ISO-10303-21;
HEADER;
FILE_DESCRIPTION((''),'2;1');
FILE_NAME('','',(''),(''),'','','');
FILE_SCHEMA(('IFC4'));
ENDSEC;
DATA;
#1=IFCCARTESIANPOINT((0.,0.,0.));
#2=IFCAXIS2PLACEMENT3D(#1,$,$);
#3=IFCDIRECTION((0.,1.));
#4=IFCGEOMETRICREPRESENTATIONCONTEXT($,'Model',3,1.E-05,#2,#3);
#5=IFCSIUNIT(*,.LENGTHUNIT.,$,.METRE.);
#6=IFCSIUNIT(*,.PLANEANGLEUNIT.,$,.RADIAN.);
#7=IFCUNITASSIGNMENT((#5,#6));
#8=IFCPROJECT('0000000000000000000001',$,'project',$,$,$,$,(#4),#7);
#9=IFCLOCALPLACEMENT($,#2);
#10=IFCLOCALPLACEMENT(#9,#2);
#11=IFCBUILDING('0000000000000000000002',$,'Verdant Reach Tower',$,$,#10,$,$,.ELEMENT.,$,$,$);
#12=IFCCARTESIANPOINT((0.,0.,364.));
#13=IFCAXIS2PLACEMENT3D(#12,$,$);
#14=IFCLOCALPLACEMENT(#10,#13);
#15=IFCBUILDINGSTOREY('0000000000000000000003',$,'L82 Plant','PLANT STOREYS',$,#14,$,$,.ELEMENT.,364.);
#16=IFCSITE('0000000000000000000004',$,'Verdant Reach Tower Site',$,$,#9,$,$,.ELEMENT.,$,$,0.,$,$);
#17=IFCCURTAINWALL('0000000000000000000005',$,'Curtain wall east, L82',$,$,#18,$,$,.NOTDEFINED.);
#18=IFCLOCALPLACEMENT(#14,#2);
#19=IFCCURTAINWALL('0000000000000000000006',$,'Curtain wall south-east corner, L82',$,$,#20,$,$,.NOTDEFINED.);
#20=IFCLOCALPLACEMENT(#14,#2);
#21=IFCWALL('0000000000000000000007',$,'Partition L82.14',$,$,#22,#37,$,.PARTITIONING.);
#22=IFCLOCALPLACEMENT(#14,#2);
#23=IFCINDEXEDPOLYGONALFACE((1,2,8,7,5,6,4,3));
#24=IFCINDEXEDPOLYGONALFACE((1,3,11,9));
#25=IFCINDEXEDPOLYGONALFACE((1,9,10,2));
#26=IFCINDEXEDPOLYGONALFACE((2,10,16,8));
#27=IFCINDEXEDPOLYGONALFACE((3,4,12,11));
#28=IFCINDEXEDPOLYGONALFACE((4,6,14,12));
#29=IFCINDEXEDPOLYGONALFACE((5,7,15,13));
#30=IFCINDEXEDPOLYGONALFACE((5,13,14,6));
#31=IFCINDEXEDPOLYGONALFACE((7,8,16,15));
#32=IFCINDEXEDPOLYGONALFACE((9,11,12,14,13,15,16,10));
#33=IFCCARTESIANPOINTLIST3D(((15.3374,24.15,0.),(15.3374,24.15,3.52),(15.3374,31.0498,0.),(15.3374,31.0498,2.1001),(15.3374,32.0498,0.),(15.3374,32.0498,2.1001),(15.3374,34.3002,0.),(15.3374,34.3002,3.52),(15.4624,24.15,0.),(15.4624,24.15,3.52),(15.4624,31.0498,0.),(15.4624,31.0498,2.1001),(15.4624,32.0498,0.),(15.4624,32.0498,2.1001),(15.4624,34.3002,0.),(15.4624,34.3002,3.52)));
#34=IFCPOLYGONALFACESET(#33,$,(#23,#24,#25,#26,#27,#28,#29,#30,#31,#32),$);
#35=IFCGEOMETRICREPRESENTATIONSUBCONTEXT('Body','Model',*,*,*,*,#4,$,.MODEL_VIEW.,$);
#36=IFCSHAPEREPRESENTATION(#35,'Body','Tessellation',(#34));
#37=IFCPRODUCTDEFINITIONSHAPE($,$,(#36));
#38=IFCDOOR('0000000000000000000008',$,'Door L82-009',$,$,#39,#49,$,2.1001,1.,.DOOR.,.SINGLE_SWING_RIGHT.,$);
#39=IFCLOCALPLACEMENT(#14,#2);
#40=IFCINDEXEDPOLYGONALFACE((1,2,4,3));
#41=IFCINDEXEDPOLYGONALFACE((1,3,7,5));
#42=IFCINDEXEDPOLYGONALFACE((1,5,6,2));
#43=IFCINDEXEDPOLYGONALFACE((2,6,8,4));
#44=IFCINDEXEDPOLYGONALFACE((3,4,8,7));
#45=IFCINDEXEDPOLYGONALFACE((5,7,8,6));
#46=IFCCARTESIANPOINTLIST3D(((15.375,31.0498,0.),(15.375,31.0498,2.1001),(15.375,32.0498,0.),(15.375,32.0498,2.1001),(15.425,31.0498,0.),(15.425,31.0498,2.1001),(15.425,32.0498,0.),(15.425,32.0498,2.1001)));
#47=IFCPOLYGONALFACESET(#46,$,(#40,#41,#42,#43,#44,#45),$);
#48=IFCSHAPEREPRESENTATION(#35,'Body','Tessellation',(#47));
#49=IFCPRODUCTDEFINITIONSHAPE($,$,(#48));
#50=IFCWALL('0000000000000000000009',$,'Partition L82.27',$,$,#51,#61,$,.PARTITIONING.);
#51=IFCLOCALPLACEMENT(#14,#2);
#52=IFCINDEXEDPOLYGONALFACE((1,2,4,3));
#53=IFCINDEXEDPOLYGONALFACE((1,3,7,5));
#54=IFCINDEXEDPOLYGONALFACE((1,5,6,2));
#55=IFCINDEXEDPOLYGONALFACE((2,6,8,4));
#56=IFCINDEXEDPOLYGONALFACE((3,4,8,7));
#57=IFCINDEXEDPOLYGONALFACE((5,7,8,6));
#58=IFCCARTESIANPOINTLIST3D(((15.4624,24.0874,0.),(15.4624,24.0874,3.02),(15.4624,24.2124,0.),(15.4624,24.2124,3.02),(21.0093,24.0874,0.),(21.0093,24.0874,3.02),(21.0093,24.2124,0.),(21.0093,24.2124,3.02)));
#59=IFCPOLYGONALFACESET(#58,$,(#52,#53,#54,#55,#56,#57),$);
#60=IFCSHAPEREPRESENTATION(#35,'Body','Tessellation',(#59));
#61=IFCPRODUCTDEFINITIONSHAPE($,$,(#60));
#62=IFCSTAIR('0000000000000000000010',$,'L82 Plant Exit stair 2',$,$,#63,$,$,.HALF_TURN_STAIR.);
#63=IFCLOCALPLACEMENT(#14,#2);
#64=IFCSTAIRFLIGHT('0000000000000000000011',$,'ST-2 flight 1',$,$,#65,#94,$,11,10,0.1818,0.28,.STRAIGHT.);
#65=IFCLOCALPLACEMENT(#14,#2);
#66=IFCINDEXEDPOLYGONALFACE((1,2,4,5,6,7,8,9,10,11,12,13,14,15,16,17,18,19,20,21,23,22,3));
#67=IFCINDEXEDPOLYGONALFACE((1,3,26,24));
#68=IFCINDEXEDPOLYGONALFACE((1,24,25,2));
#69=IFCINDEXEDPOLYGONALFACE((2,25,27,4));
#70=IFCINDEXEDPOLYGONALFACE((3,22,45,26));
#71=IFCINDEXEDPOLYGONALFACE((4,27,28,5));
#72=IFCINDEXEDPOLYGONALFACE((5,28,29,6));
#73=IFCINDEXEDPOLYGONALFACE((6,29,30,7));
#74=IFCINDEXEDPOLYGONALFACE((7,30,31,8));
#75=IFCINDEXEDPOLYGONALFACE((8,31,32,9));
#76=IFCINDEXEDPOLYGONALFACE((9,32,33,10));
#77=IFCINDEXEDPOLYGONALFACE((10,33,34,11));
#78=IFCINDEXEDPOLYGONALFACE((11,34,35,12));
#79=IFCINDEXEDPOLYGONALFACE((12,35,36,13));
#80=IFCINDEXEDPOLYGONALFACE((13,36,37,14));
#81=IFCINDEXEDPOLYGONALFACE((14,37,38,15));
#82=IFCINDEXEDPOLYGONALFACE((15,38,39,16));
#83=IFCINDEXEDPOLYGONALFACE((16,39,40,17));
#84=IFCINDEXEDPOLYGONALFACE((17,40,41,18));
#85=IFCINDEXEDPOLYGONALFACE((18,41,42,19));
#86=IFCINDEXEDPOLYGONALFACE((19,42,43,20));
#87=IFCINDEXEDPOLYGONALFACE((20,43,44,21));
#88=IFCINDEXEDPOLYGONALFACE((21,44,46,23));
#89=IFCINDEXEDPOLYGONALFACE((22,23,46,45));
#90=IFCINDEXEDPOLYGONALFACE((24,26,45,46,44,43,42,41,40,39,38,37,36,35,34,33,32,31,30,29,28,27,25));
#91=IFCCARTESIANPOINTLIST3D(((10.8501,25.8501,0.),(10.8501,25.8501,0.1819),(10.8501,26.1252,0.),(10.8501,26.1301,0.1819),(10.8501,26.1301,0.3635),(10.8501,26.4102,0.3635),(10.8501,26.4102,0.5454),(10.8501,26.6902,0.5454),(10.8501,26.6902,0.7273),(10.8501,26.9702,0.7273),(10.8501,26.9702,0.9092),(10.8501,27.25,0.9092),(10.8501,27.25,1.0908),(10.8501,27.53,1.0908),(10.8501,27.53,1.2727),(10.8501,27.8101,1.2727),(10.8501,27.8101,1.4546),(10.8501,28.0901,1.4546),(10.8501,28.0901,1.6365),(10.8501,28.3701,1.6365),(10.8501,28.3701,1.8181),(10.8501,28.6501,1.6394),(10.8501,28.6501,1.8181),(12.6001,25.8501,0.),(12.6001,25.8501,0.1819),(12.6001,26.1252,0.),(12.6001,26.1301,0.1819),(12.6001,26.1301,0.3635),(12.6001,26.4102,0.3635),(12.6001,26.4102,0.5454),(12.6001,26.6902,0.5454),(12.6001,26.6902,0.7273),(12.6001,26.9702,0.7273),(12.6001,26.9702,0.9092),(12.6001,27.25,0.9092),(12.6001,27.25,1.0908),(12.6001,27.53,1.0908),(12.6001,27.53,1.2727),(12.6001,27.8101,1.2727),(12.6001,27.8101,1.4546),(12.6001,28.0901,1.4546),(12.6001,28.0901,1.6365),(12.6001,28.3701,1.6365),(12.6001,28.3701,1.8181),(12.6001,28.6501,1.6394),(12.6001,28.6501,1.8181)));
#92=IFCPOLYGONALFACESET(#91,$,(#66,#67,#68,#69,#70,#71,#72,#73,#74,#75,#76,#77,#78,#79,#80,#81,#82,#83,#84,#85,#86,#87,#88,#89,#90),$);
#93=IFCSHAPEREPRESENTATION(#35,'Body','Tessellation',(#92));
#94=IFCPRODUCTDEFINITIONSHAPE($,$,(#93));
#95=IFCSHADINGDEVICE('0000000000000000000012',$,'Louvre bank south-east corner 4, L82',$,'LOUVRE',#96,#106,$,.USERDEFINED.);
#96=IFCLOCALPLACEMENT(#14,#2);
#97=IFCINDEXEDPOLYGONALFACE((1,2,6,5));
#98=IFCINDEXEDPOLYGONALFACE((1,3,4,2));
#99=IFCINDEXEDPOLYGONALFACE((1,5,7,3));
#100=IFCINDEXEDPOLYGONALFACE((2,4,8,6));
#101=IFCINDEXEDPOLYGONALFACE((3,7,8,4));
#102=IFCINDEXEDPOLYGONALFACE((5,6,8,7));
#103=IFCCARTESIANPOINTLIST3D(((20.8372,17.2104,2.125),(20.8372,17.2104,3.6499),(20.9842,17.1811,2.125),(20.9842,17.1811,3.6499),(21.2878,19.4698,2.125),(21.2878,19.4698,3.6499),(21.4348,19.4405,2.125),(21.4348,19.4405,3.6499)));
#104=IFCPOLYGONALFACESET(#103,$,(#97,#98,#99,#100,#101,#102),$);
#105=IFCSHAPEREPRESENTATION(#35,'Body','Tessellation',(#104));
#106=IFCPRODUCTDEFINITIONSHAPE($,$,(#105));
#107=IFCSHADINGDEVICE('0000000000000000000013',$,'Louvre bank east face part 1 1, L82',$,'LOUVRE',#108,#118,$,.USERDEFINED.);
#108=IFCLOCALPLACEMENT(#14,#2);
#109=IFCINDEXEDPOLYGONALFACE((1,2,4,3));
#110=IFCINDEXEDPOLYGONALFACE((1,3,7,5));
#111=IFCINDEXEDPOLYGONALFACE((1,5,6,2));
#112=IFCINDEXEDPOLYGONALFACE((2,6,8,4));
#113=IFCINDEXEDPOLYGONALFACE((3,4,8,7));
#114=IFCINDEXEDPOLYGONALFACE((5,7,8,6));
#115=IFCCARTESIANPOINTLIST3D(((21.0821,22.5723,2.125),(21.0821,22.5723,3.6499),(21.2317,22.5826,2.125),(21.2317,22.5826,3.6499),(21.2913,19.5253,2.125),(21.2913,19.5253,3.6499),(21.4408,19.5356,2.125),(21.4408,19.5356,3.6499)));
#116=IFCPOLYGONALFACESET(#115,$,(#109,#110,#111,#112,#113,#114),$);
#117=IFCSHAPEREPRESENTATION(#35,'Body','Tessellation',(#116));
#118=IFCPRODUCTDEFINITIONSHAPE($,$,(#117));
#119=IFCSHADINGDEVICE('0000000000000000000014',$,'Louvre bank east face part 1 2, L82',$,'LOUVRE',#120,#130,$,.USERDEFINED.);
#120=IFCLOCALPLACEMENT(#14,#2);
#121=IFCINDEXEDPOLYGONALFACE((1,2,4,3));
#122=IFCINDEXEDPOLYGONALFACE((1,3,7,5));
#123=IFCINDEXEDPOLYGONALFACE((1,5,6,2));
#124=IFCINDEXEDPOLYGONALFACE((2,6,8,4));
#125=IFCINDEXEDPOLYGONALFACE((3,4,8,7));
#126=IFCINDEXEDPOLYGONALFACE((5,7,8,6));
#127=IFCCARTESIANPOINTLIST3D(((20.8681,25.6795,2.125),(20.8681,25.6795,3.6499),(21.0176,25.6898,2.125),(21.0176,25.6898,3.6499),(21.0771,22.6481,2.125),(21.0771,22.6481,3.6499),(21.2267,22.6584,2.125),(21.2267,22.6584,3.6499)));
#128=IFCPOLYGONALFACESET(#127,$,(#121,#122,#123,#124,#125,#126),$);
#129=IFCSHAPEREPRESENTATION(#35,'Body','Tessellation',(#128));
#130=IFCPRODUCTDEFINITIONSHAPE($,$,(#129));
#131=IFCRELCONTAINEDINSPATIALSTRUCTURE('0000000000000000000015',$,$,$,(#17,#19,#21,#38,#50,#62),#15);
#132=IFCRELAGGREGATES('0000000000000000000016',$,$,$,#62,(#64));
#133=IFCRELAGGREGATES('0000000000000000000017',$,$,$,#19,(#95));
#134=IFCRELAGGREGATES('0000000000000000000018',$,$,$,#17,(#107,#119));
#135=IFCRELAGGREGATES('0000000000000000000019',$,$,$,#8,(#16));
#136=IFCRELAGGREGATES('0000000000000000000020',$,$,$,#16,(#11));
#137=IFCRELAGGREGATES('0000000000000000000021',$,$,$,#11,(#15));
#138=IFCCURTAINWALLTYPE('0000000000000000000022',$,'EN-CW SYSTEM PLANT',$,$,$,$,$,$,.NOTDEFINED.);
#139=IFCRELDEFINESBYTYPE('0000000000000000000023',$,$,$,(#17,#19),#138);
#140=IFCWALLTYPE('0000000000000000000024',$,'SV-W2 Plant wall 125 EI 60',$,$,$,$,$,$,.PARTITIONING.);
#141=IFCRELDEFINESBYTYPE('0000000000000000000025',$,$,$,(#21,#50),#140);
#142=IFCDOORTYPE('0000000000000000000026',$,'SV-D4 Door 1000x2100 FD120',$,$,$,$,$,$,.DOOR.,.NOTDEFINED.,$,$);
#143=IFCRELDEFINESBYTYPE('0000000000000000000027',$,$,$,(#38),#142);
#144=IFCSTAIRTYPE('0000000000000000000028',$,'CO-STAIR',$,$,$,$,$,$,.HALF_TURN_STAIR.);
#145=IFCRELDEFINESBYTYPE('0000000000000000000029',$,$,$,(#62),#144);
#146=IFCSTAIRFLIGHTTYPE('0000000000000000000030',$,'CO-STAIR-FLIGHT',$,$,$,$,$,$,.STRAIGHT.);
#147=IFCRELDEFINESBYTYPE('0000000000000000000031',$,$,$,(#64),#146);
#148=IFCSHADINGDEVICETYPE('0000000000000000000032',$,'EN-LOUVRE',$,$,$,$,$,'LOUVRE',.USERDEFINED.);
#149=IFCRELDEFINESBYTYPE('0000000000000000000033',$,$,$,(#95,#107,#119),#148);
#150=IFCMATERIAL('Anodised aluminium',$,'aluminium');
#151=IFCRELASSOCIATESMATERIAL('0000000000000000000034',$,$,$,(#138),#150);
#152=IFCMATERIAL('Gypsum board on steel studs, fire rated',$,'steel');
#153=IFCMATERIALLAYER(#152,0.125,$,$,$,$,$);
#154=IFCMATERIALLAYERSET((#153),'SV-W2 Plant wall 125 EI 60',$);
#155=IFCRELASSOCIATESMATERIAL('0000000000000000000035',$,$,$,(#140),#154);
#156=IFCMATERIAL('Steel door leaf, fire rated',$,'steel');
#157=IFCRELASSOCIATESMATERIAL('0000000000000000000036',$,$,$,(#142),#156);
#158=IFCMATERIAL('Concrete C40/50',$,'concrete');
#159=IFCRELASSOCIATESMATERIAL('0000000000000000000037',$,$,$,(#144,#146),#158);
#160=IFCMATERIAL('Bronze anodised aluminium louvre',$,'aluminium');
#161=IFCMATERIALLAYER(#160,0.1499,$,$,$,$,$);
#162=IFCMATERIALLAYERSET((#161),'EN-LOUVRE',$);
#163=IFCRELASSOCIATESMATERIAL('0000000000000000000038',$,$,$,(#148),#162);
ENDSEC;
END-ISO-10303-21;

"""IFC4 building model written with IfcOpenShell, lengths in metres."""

from ifc_helpers import new_model, si_unit, direction, frame, frame_2d, origin, origin_2d, place, context, subcontext, project, spatial, polyline, rectangle, outline, extrude, material, layer, layer_set, type_object, element, fill, aggregate, save


model = new_model("IFC4")

# Units and contexts
model_context = context("Model", 3, precision=1e-05, world=origin(), true_north=direction((0.0, 1.0)))
body_context = subcontext(model_context, "Body", "Model", "MODEL_VIEW")
ifc_project = project(units=[si_unit("LENGTHUNIT", "METRE"), si_unit("PLANEANGLEUNIT", "RADIAN")], contexts=[model_context])

# Site, building, storey
site_placement = place(None, origin())
site = spatial("IfcSite", under=ifc_project, at=site_placement, Name="Verdant Reach Tower Site", CompositionType="ELEMENT", RefElevation=0.0)
building_placement = place(site_placement, origin())
building = spatial("IfcBuilding", under=site, at=building_placement, Name="Verdant Reach Tower", CompositionType="ELEMENT")
storey_placement = place(building_placement, frame((0.0, 0.0, 364.0)))
storey = spatial("IfcBuildingStorey", under=building, at=storey_placement, Name="L82 Plant", Description="PLANT STOREYS", CompositionType="ELEMENT", Elevation=364.0)

# Curtain wall
ifc_material_1 = material(Name="Anodised aluminium", Category="aluminium")
curtain_wall_type = type_object("IfcCurtainWallType", Name="EN-CW SYSTEM PLANT", PredefinedType="NOTDEFINED", material=ifc_material_1)
curtain_wall_1_placement = place(storey_placement, origin())
curtain_wall_1 = element("IfcCurtainWall", 1, at=curtain_wall_1_placement, inside=storey, type_object=curtain_wall_type, Name="Curtain wall east, L82", PredefinedType="NOTDEFINED")

# Curtain wall
curtain_wall_2_placement = place(storey_placement, origin())
curtain_wall_2 = element("IfcCurtainWall", 2, at=curtain_wall_2_placement, inside=storey, type_object=curtain_wall_type, Name="Curtain wall south-east corner, L82", PredefinedType="NOTDEFINED")

# Shared definitions
ifc_material_2 = material(Name="Concrete C40/50", Category="concrete")

# Wall, opening, door
ifc_material_3 = material(Name="Gypsum board on steel studs, fire rated", Category="steel")
ifc_layer_1 = layer(ifc_material_3, 0.125)
ifc_layer_set_1 = layer_set([ifc_layer_1], Name="SV-W2 Plant wall 125 EI 60")
wall_type_1 = type_object("IfcWallType", Name="SV-W2 Plant wall 125 EI 60", PredefinedType="PARTITIONING", material=ifc_layer_set_1)
wall_1_placement = place(storey_placement, frame((15.3999, 24.1499, 0.0), z_axis=(0.0, 0.0, 1.0), x_axis=(0.0, 1.0, 0.0)))
wall_1 = element("IfcWall", 3, at=wall_1_placement, inside=storey, type_object=wall_type_1, Name="Partition L82.14", PredefinedType="PARTITIONING", context=body_context, shape_type="SweptSolid", body=[
    extrude(rectangle(XDim=10.1501, YDim=0.125, at=frame_2d((5.0752, 0.0))), origin(), (0.0, 0.0, 1.0), 3.52),
])
opening_1_placement = place(wall_1_placement, frame((6.8999, 0.0, 0.0)))
opening_1 = element("IfcOpeningElement", 4, at=opening_1_placement, cuts=wall_1, PredefinedType="OPENING", context=body_context, shape_type="SweptSolid", body=[
    extrude(rectangle(XDim=1.0, YDim=2.1001, at=frame_2d((0.5, 1.05))), frame((0.0, 0.0725, 0.0), z_axis=(0.0, -1.0, 0.0), x_axis=(1.0, 0.0, 0.0)), (0.0, 0.0, 1.0), 0.145),
])
ifc_material_4 = material(Name="Steel door leaf, fire rated", Category="steel")
door_type_1 = type_object("IfcDoorType", Name="SV-D4 Door 1000x2100 FD120", OperationType="NOTDEFINED", PredefinedType="DOOR", material=ifc_material_4)
door_1_placement = place(opening_1_placement, origin())
door_1 = element("IfcDoor", 5, at=door_1_placement, inside=storey, type_object=door_type_1, Name="Door L82-009", OperationType="SINGLE_SWING_RIGHT", OverallHeight=2.1001, OverallWidth=1.0, PredefinedType="DOOR", context=body_context, shape_type="SweptSolid", body=[
    extrude(rectangle(XDim=1.0, YDim=2.1001, at=frame_2d((0.5, 1.05))), frame((0.0, 0.0249, 0.0), z_axis=(0.0, -1.0, 0.0), x_axis=(1.0, 0.0, 0.0)), (0.0, 0.0, 1.0), 0.05),
])
fill(opening_1, door_1)

# Wall
wall_2_placement = place(storey_placement, frame((15.4624, 24.1499, 0.0), z_axis=(0.0, 0.0, 1.0), x_axis=(1.0, 0.0, 0.0)))
element("IfcWall", 6, at=wall_2_placement, inside=storey, type_object=wall_type_1, Name="Partition L82.27", PredefinedType="PARTITIONING", context=body_context, shape_type="SweptSolid", body=[
    extrude(rectangle(XDim=5.5469, YDim=0.125, at=frame_2d((2.7734, 0.0))), origin(), (0.0, 0.0, 1.0), 3.02),
])

# Stair, stair flight
stair_type = type_object("IfcStairType", Name="CO-STAIR", PredefinedType="HALF_TURN_STAIR", material=ifc_material_2)
stair_placement = place(storey_placement, origin())
stair = element("IfcStair", 7, at=stair_placement, inside=storey, type_object=stair_type, Name="L82 Plant Exit stair 2", PredefinedType="HALF_TURN_STAIR")
stair_flight_type = type_object("IfcStairFlightType", Name="CO-STAIR-FLIGHT", PredefinedType="STRAIGHT", material=ifc_material_2)
stair_flight_placement = place(storey_placement, frame((11.7251, 25.8501, 0.0), z_axis=(0.0, 0.0, 1.0), x_axis=(0.0, 1.0, 0.0)))
stair_flight = element("IfcStairFlight", 8, at=stair_flight_placement, type_object=stair_flight_type, Name="ST-2 flight 1", NumberOfRisers=11, NumberOfTreads=10, PredefinedType="STRAIGHT", RiserHeight=0.1818, TreadLength=0.28, context=body_context, shape_type="SweptSolid", body=[
    extrude(outline(polyline([(0.0, 0.0), (0.0, 0.1819), (0.28, 0.1819), (0.28, 0.3635), (0.5601, 0.3635), (0.5601, 0.5454), (0.8401, 0.5454), (0.8401, 0.7273), (1.1201, 0.7273), (1.1201, 0.9092), (1.3999, 0.9092), (1.3999, 1.0908), (1.6799, 1.0908), (1.6799, 1.2727), (1.96, 1.2727), (1.96, 1.4546), (2.24, 1.4546), (2.24, 1.6365), (2.52, 1.6365), (2.52, 1.8181), (2.8, 1.8181), (2.8, 2.0), (2.8, 1.6394), (0.2751, 0.0), (0.0, 0.0)])), frame((0.0, 0.875, 0.0), z_axis=(0.0, -1.0, 0.0), x_axis=(1.0, 0.0, 0.0)), (0.0, 0.0, 1.0), 1.75),
])
aggregate(stair, [stair_flight])

# Shading devices
ifc_material_5 = material(Name="Bronze anodised aluminium louvre", Category="aluminium")
ifc_layer_2 = layer(ifc_material_5, 0.1499)
ifc_layer_set_2 = layer_set([ifc_layer_2], Name="EN-LOUVRE")
shading_device_type = type_object("IfcShadingDeviceType", Name="EN-LOUVRE", ElementType="LOUVRE", PredefinedType="USERDEFINED", material=ifc_layer_set_2)
shading_device_1_placement = place(storey_placement, frame((21.136, 18.3254, 2.125), z_axis=(0.0, 0.0, 1.0), x_axis=(0.195593, 0.980685, 0.0)))
shading_device_1 = element("IfcShadingDevice", 9, at=shading_device_1_placement, type_object=shading_device_type, Name="Louvre bank south-east corner 4, L82", ObjectType="LOUVRE", PredefinedType="USERDEFINED", context=body_context, shape_type="SweptSolid", body=[
    extrude(rectangle(XDim=2.304, YDim=0.1499, at=origin_2d()), origin(), (0.0, 0.0, 1.0), 1.5249),
])
aggregate(curtain_wall_2, [shading_device_1])
shading_device_2_placement = place(storey_placement, frame((21.2615, 21.054, 2.125), z_axis=(0.0, 0.0, 1.0), x_axis=(-0.068469, 0.997653, 0.0)))
shading_device_2 = element("IfcShadingDevice", 10, at=shading_device_2_placement, type_object=shading_device_type, Name="Louvre bank east face part 1 1, L82", ObjectType="LOUVRE", PredefinedType="USERDEFINED", context=body_context, shape_type="SweptSolid", body=[
    extrude(rectangle(XDim=3.0542, YDim=0.1499, at=origin_2d()), origin(), (0.0, 0.0, 1.0), 1.5249),
])
shading_device_3_placement = place(storey_placement, frame((21.0474, 24.1689, 2.125), z_axis=(0.0, 0.0, 1.0), x_axis=(-0.068802, 0.99763, 0.0)))
shading_device_3 = element("IfcShadingDevice", 11, at=shading_device_3_placement, type_object=shading_device_type, Name="Louvre bank east face part 1 2, L82", ObjectType="LOUVRE", PredefinedType="USERDEFINED", context=body_context, shape_type="SweptSolid", body=[
    extrude(rectangle(XDim=3.0386, YDim=0.1499, at=origin_2d()), origin(), (0.0, 0.0, 1.0), 1.5249),
])
aggregate(curtain_wall_1, [shading_device_2, shading_device_3])

save(model, "model.ifc")
